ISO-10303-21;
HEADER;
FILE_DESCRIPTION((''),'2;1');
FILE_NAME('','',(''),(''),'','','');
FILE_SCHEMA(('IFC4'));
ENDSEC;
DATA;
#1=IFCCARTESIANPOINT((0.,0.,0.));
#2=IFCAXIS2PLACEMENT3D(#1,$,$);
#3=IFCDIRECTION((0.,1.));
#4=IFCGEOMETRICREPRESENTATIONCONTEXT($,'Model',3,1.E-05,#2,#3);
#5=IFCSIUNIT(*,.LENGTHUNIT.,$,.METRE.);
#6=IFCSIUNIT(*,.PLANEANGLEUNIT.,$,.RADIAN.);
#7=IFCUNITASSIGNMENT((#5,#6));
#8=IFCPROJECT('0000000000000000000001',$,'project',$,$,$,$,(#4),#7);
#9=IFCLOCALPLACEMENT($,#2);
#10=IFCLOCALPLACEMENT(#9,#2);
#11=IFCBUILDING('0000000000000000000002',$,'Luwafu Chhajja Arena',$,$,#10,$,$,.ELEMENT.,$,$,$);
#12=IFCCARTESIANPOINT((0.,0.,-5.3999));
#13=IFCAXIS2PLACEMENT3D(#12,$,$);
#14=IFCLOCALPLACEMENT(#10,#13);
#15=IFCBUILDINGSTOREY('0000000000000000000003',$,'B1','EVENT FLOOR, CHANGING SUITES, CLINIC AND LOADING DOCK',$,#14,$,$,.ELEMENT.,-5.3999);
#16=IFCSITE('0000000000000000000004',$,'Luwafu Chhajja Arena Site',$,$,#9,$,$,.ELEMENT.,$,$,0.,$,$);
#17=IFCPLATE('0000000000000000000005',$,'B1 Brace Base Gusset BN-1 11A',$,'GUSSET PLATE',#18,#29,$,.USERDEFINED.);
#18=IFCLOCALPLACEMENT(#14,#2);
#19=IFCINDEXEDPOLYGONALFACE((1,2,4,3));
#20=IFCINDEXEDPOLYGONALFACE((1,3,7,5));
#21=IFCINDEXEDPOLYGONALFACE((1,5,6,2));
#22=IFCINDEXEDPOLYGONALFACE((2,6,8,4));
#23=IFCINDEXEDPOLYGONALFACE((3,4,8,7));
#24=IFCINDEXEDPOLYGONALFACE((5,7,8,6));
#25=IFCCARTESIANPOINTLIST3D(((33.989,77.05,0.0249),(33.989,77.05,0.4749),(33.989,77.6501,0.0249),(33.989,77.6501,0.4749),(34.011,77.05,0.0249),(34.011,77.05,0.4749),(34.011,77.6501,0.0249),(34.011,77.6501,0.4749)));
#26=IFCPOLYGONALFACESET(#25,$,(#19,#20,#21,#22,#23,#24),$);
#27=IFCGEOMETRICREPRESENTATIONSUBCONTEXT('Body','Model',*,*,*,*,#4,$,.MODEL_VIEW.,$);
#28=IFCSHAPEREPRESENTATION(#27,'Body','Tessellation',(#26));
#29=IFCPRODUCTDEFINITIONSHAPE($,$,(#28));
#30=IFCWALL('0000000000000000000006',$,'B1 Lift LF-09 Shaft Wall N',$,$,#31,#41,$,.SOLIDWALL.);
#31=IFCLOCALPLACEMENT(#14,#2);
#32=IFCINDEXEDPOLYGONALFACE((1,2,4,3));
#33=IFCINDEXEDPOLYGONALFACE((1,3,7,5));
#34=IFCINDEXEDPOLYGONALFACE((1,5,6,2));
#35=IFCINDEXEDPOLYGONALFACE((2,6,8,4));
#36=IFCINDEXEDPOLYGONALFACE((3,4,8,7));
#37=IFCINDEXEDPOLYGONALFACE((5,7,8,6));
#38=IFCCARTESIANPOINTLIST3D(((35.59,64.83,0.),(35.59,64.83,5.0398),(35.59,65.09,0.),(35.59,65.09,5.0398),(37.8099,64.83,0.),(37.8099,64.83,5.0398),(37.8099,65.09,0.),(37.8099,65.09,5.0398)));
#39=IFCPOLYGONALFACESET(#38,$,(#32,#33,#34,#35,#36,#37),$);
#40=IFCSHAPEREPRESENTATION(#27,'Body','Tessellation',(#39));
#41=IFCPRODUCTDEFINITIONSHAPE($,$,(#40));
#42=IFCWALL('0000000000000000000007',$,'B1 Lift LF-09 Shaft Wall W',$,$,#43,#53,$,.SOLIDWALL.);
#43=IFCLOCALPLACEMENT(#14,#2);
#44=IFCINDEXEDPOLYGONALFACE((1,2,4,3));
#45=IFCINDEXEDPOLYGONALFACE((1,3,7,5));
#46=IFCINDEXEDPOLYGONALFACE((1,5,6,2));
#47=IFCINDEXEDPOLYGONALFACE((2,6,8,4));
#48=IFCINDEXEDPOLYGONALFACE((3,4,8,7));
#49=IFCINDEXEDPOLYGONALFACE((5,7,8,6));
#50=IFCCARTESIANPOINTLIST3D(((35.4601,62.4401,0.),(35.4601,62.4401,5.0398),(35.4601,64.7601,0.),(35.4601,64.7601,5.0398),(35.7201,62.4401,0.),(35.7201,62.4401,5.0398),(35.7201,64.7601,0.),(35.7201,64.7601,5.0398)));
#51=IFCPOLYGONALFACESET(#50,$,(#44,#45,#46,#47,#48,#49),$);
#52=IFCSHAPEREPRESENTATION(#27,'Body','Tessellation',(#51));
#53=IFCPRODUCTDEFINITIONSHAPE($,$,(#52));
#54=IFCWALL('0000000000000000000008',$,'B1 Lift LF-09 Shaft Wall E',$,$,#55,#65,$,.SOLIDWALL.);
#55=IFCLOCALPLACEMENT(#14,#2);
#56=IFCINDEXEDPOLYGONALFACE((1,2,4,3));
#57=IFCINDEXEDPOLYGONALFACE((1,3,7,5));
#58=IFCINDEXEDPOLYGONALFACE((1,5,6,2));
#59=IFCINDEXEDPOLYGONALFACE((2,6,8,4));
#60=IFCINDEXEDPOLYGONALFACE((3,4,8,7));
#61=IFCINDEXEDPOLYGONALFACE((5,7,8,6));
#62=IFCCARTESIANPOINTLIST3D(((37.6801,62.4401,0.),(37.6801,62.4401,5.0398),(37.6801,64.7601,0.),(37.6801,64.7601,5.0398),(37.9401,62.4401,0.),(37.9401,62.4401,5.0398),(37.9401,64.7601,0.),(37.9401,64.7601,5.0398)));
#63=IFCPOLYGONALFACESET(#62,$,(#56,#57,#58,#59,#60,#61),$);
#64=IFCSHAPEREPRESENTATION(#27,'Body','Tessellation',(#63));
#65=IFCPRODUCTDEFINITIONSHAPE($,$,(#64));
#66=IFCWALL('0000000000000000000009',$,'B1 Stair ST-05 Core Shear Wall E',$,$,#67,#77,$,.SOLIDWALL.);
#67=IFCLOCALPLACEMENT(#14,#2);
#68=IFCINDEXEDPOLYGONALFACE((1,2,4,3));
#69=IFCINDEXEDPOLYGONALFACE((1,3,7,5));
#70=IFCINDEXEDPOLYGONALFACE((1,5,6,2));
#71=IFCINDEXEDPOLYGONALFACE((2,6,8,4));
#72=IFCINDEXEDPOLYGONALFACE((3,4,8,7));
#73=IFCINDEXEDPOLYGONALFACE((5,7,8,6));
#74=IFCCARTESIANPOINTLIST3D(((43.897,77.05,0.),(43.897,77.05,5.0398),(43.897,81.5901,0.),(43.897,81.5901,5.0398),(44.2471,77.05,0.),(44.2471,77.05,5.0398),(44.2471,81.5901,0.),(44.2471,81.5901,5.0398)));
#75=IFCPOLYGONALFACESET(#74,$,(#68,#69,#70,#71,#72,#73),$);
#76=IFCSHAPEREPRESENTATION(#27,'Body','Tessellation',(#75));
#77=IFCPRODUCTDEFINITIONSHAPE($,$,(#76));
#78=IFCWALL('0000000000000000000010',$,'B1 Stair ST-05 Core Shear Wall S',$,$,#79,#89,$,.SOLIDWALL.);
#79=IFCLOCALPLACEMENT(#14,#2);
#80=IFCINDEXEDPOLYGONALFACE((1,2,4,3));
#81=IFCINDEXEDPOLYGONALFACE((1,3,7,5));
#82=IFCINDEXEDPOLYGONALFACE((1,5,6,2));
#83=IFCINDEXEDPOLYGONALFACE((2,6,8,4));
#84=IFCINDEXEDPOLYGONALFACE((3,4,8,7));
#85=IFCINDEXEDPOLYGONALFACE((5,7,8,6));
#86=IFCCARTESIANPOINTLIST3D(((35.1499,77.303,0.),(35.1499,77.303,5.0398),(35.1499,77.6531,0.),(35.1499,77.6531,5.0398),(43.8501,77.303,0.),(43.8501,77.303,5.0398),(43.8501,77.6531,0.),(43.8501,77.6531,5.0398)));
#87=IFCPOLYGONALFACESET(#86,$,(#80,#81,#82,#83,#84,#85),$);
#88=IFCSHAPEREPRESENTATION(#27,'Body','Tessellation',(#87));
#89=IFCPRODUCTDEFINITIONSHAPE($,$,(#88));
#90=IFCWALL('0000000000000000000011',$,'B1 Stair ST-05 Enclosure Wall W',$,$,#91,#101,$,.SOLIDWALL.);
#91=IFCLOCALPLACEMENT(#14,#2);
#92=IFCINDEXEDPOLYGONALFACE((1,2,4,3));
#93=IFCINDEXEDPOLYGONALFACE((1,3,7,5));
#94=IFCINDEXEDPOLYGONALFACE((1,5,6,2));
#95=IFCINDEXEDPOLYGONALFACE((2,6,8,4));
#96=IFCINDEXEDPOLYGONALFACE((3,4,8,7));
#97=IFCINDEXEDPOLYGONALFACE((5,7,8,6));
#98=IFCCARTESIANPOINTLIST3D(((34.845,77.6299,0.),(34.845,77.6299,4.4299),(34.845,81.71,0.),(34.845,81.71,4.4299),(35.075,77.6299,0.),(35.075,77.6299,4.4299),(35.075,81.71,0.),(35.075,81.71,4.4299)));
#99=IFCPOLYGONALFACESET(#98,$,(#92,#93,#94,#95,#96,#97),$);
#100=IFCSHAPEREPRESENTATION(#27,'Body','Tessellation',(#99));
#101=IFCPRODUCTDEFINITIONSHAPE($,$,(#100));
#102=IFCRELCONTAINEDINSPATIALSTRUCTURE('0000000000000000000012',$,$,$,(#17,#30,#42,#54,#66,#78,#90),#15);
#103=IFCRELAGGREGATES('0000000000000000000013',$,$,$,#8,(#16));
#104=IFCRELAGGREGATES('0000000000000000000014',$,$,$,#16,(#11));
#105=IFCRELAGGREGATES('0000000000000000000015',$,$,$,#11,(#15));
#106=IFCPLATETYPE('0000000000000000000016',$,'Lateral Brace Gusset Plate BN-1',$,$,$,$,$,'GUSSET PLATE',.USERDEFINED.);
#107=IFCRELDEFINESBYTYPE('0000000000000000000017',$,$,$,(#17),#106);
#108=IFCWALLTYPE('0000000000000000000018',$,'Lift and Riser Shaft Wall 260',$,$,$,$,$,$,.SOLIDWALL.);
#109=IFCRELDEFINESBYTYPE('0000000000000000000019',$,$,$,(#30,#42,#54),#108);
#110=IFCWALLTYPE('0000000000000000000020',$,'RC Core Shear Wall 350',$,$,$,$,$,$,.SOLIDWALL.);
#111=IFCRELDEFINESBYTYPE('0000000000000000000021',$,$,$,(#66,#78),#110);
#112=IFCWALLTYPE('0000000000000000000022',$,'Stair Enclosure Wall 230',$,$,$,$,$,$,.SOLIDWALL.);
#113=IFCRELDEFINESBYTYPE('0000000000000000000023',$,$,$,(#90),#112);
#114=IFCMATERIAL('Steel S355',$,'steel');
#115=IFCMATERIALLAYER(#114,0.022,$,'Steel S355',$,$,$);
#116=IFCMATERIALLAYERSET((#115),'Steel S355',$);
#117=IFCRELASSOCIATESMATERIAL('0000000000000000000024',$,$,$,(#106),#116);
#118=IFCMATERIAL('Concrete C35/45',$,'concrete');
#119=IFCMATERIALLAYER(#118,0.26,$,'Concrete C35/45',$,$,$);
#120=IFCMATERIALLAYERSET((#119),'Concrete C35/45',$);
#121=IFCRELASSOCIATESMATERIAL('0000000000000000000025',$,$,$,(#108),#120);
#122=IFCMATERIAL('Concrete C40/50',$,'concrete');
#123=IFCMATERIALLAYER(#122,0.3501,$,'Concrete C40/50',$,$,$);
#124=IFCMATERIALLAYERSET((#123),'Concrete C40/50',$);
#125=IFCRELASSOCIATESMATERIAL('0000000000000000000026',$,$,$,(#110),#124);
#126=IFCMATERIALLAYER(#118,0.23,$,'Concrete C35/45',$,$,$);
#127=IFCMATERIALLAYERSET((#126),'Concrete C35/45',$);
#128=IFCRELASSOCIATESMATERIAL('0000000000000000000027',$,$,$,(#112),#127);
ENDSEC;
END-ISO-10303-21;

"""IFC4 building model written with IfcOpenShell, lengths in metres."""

from ifc_helpers import new_model, si_unit, direction, frame, frame_2d, origin, origin_2d, place, context, subcontext, project, spatial, rectangle, extrude, material, layer, layer_set, type_object, element, save


model = new_model("IFC4")

# Units and contexts
model_context = context("Model", 3, precision=1e-05, world=origin(), true_north=direction((0.0, 1.0)))
body_context = subcontext(model_context, "Body", "Model", "MODEL_VIEW")
ifc_project = project(units=[si_unit("LENGTHUNIT", "METRE"), si_unit("PLANEANGLEUNIT", "RADIAN")], contexts=[model_context])

# Site, building, storey
site_placement = place(None, origin())
site = spatial("IfcSite", under=ifc_project, at=site_placement, Name="Luwafu Chhajja Arena Site", CompositionType="ELEMENT", RefElevation=0.0)
building_placement = place(site_placement, origin())
building = spatial("IfcBuilding", under=site, at=building_placement, Name="Luwafu Chhajja Arena", CompositionType="ELEMENT")
storey_placement = place(building_placement, frame((0.0, 0.0, -5.3999)))
storey = spatial("IfcBuildingStorey", under=building, at=storey_placement, Name="B1", Description="EVENT FLOOR, CHANGING SUITES, CLINIC AND LOADING DOCK", CompositionType="ELEMENT", Elevation=-5.3999)

# Shared definitions
ifc_material_1 = material(Name="Concrete C35/45", Category="concrete")

# Shared definitions
ifc_material_2 = material(Name="Concrete C40/50", Category="concrete")
ifc_material_3 = material(Name="Steel S355", Category="steel")

# Plate
ifc_layer_1 = layer(ifc_material_3, 0.022, Name="Steel S355")
ifc_layer_set_1 = layer_set([ifc_layer_1], Name="Steel S355")
plate_type_1 = type_object("IfcPlateType", Name="Lateral Brace Gusset Plate BN-1", ElementType="GUSSET PLATE", PredefinedType="USERDEFINED", material=ifc_layer_set_1)
plate_1_placement = place(storey_placement, frame((34.0, 77.3501, 0.0249), z_axis=(0.0, 0.0, 1.0), x_axis=(1.0, 0.0, 0.0)))
element("IfcPlate", 1, at=plate_1_placement, inside=storey, type_object=plate_type_1, Name="B1 Brace Base Gusset BN-1 11A", ObjectType="GUSSET PLATE", PredefinedType="USERDEFINED", context=body_context, shape_type="SweptSolid", body=[
    extrude(rectangle(XDim=0.022, YDim=0.6001, at=origin_2d()), origin(), (0.0, 0.0, 1.0), 0.45),
])

# Shared definitions
ifc_layer_2 = layer(ifc_material_1, 0.26, Name="Concrete C35/45")
ifc_layer_set_2 = layer_set([ifc_layer_2], Name="Concrete C35/45")
wall_type_1 = type_object("IfcWallType", Name="Lift and Riser Shaft Wall 260", PredefinedType="SOLIDWALL", material=ifc_layer_set_2)

# Walls
wall_1_placement = place(storey_placement, frame((35.5901, 64.96, 0.0), z_axis=(0.0, 0.0, 1.0), x_axis=(1.0, 0.0, 0.0)))
element("IfcWall", 2, at=wall_1_placement, inside=storey, type_object=wall_type_1, Name="B1 Lift LF-09 Shaft Wall N", PredefinedType="SOLIDWALL", context=body_context, shape_type="SweptSolid", body=[
    extrude(rectangle(XDim=2.22, YDim=0.26, at=frame_2d((1.1099, 0.0))), origin(), (0.0, 0.0, 1.0), 5.0398),
])
for number, where, z_axis, x_axis, name in (
    (3, (35.5901, 62.4399, 0.0), (0.0, 0.0, 1.0), (0.0, 1.0, 0.0), "B1 Lift LF-09 Shaft Wall W"),
    (4, (37.8101, 62.4399, 0.0), (0.0, 0.0, 1.0), (0.0, 1.0, 0.0), "B1 Lift LF-09 Shaft Wall E"),
):
    element("IfcWall", number, at=place(storey_placement, frame(where, z_axis=z_axis, x_axis=x_axis)), inside=storey, type_object=wall_type_1, Name=name, PredefinedType="SOLIDWALL", context=body_context, shape_type="SweptSolid", body=[
        extrude(rectangle(XDim=2.3201, YDim=0.26, at=frame_2d((1.1602, 0.0))), origin(), (0.0, 0.0, 1.0), 5.0398),
    ])
ifc_layer_3 = layer(ifc_material_2, 0.3501, Name="Concrete C40/50")
ifc_layer_set_3 = layer_set([ifc_layer_3], Name="Concrete C40/50")
wall_type_2 = type_object("IfcWallType", Name="RC Core Shear Wall 350", PredefinedType="SOLIDWALL", material=ifc_layer_set_3)
wall_2_placement = place(storey_placement, frame((44.072, 77.05, 0.0), z_axis=(0.0, 0.0, 1.0), x_axis=(0.0, 1.0, 0.0)))
element("IfcWall", 5, at=wall_2_placement, inside=storey, type_object=wall_type_2, Name="B1 Stair ST-05 Core Shear Wall E", PredefinedType="SOLIDWALL", context=body_context, shape_type="SweptSolid", body=[
    extrude(rectangle(XDim=4.54, YDim=0.3501, at=frame_2d((2.27, 0.0))), origin(), (0.0, 0.0, 1.0), 5.0398),
])
wall_3_placement = place(storey_placement, frame((35.1499, 77.478, 0.0), z_axis=(0.0, 0.0, 1.0), x_axis=(1.0, 0.0, 0.0)))
element("IfcWall", 6, at=wall_3_placement, inside=storey, type_object=wall_type_2, Name="B1 Stair ST-05 Core Shear Wall S", PredefinedType="SOLIDWALL", context=body_context, shape_type="SweptSolid", body=[
    extrude(rectangle(XDim=8.7002, YDim=0.3501, at=frame_2d((4.3501, 0.0))), origin(), (0.0, 0.0, 1.0), 5.0398),
])
ifc_layer_4 = layer(ifc_material_1, 0.23, Name="Concrete C35/45")
ifc_layer_set_4 = layer_set([ifc_layer_4], Name="Concrete C35/45")
wall_type_3 = type_object("IfcWallType", Name="Stair Enclosure Wall 230", PredefinedType="SOLIDWALL", material=ifc_layer_set_4)
wall_4_placement = place(storey_placement, frame((34.96, 77.6299, 0.0), z_axis=(0.0, 0.0, 1.0), x_axis=(0.0, 1.0, 0.0)))
element("IfcWall", 7, at=wall_4_placement, inside=storey, type_object=wall_type_3, Name="B1 Stair ST-05 Enclosure Wall W", PredefinedType="SOLIDWALL", context=body_context, shape_type="SweptSolid", body=[
    extrude(rectangle(XDim=4.0801, YDim=0.23, at=frame_2d((2.04, 0.0))), origin(), (0.0, 0.0, 1.0), 4.4299),
])

save(model, "model.ifc")
